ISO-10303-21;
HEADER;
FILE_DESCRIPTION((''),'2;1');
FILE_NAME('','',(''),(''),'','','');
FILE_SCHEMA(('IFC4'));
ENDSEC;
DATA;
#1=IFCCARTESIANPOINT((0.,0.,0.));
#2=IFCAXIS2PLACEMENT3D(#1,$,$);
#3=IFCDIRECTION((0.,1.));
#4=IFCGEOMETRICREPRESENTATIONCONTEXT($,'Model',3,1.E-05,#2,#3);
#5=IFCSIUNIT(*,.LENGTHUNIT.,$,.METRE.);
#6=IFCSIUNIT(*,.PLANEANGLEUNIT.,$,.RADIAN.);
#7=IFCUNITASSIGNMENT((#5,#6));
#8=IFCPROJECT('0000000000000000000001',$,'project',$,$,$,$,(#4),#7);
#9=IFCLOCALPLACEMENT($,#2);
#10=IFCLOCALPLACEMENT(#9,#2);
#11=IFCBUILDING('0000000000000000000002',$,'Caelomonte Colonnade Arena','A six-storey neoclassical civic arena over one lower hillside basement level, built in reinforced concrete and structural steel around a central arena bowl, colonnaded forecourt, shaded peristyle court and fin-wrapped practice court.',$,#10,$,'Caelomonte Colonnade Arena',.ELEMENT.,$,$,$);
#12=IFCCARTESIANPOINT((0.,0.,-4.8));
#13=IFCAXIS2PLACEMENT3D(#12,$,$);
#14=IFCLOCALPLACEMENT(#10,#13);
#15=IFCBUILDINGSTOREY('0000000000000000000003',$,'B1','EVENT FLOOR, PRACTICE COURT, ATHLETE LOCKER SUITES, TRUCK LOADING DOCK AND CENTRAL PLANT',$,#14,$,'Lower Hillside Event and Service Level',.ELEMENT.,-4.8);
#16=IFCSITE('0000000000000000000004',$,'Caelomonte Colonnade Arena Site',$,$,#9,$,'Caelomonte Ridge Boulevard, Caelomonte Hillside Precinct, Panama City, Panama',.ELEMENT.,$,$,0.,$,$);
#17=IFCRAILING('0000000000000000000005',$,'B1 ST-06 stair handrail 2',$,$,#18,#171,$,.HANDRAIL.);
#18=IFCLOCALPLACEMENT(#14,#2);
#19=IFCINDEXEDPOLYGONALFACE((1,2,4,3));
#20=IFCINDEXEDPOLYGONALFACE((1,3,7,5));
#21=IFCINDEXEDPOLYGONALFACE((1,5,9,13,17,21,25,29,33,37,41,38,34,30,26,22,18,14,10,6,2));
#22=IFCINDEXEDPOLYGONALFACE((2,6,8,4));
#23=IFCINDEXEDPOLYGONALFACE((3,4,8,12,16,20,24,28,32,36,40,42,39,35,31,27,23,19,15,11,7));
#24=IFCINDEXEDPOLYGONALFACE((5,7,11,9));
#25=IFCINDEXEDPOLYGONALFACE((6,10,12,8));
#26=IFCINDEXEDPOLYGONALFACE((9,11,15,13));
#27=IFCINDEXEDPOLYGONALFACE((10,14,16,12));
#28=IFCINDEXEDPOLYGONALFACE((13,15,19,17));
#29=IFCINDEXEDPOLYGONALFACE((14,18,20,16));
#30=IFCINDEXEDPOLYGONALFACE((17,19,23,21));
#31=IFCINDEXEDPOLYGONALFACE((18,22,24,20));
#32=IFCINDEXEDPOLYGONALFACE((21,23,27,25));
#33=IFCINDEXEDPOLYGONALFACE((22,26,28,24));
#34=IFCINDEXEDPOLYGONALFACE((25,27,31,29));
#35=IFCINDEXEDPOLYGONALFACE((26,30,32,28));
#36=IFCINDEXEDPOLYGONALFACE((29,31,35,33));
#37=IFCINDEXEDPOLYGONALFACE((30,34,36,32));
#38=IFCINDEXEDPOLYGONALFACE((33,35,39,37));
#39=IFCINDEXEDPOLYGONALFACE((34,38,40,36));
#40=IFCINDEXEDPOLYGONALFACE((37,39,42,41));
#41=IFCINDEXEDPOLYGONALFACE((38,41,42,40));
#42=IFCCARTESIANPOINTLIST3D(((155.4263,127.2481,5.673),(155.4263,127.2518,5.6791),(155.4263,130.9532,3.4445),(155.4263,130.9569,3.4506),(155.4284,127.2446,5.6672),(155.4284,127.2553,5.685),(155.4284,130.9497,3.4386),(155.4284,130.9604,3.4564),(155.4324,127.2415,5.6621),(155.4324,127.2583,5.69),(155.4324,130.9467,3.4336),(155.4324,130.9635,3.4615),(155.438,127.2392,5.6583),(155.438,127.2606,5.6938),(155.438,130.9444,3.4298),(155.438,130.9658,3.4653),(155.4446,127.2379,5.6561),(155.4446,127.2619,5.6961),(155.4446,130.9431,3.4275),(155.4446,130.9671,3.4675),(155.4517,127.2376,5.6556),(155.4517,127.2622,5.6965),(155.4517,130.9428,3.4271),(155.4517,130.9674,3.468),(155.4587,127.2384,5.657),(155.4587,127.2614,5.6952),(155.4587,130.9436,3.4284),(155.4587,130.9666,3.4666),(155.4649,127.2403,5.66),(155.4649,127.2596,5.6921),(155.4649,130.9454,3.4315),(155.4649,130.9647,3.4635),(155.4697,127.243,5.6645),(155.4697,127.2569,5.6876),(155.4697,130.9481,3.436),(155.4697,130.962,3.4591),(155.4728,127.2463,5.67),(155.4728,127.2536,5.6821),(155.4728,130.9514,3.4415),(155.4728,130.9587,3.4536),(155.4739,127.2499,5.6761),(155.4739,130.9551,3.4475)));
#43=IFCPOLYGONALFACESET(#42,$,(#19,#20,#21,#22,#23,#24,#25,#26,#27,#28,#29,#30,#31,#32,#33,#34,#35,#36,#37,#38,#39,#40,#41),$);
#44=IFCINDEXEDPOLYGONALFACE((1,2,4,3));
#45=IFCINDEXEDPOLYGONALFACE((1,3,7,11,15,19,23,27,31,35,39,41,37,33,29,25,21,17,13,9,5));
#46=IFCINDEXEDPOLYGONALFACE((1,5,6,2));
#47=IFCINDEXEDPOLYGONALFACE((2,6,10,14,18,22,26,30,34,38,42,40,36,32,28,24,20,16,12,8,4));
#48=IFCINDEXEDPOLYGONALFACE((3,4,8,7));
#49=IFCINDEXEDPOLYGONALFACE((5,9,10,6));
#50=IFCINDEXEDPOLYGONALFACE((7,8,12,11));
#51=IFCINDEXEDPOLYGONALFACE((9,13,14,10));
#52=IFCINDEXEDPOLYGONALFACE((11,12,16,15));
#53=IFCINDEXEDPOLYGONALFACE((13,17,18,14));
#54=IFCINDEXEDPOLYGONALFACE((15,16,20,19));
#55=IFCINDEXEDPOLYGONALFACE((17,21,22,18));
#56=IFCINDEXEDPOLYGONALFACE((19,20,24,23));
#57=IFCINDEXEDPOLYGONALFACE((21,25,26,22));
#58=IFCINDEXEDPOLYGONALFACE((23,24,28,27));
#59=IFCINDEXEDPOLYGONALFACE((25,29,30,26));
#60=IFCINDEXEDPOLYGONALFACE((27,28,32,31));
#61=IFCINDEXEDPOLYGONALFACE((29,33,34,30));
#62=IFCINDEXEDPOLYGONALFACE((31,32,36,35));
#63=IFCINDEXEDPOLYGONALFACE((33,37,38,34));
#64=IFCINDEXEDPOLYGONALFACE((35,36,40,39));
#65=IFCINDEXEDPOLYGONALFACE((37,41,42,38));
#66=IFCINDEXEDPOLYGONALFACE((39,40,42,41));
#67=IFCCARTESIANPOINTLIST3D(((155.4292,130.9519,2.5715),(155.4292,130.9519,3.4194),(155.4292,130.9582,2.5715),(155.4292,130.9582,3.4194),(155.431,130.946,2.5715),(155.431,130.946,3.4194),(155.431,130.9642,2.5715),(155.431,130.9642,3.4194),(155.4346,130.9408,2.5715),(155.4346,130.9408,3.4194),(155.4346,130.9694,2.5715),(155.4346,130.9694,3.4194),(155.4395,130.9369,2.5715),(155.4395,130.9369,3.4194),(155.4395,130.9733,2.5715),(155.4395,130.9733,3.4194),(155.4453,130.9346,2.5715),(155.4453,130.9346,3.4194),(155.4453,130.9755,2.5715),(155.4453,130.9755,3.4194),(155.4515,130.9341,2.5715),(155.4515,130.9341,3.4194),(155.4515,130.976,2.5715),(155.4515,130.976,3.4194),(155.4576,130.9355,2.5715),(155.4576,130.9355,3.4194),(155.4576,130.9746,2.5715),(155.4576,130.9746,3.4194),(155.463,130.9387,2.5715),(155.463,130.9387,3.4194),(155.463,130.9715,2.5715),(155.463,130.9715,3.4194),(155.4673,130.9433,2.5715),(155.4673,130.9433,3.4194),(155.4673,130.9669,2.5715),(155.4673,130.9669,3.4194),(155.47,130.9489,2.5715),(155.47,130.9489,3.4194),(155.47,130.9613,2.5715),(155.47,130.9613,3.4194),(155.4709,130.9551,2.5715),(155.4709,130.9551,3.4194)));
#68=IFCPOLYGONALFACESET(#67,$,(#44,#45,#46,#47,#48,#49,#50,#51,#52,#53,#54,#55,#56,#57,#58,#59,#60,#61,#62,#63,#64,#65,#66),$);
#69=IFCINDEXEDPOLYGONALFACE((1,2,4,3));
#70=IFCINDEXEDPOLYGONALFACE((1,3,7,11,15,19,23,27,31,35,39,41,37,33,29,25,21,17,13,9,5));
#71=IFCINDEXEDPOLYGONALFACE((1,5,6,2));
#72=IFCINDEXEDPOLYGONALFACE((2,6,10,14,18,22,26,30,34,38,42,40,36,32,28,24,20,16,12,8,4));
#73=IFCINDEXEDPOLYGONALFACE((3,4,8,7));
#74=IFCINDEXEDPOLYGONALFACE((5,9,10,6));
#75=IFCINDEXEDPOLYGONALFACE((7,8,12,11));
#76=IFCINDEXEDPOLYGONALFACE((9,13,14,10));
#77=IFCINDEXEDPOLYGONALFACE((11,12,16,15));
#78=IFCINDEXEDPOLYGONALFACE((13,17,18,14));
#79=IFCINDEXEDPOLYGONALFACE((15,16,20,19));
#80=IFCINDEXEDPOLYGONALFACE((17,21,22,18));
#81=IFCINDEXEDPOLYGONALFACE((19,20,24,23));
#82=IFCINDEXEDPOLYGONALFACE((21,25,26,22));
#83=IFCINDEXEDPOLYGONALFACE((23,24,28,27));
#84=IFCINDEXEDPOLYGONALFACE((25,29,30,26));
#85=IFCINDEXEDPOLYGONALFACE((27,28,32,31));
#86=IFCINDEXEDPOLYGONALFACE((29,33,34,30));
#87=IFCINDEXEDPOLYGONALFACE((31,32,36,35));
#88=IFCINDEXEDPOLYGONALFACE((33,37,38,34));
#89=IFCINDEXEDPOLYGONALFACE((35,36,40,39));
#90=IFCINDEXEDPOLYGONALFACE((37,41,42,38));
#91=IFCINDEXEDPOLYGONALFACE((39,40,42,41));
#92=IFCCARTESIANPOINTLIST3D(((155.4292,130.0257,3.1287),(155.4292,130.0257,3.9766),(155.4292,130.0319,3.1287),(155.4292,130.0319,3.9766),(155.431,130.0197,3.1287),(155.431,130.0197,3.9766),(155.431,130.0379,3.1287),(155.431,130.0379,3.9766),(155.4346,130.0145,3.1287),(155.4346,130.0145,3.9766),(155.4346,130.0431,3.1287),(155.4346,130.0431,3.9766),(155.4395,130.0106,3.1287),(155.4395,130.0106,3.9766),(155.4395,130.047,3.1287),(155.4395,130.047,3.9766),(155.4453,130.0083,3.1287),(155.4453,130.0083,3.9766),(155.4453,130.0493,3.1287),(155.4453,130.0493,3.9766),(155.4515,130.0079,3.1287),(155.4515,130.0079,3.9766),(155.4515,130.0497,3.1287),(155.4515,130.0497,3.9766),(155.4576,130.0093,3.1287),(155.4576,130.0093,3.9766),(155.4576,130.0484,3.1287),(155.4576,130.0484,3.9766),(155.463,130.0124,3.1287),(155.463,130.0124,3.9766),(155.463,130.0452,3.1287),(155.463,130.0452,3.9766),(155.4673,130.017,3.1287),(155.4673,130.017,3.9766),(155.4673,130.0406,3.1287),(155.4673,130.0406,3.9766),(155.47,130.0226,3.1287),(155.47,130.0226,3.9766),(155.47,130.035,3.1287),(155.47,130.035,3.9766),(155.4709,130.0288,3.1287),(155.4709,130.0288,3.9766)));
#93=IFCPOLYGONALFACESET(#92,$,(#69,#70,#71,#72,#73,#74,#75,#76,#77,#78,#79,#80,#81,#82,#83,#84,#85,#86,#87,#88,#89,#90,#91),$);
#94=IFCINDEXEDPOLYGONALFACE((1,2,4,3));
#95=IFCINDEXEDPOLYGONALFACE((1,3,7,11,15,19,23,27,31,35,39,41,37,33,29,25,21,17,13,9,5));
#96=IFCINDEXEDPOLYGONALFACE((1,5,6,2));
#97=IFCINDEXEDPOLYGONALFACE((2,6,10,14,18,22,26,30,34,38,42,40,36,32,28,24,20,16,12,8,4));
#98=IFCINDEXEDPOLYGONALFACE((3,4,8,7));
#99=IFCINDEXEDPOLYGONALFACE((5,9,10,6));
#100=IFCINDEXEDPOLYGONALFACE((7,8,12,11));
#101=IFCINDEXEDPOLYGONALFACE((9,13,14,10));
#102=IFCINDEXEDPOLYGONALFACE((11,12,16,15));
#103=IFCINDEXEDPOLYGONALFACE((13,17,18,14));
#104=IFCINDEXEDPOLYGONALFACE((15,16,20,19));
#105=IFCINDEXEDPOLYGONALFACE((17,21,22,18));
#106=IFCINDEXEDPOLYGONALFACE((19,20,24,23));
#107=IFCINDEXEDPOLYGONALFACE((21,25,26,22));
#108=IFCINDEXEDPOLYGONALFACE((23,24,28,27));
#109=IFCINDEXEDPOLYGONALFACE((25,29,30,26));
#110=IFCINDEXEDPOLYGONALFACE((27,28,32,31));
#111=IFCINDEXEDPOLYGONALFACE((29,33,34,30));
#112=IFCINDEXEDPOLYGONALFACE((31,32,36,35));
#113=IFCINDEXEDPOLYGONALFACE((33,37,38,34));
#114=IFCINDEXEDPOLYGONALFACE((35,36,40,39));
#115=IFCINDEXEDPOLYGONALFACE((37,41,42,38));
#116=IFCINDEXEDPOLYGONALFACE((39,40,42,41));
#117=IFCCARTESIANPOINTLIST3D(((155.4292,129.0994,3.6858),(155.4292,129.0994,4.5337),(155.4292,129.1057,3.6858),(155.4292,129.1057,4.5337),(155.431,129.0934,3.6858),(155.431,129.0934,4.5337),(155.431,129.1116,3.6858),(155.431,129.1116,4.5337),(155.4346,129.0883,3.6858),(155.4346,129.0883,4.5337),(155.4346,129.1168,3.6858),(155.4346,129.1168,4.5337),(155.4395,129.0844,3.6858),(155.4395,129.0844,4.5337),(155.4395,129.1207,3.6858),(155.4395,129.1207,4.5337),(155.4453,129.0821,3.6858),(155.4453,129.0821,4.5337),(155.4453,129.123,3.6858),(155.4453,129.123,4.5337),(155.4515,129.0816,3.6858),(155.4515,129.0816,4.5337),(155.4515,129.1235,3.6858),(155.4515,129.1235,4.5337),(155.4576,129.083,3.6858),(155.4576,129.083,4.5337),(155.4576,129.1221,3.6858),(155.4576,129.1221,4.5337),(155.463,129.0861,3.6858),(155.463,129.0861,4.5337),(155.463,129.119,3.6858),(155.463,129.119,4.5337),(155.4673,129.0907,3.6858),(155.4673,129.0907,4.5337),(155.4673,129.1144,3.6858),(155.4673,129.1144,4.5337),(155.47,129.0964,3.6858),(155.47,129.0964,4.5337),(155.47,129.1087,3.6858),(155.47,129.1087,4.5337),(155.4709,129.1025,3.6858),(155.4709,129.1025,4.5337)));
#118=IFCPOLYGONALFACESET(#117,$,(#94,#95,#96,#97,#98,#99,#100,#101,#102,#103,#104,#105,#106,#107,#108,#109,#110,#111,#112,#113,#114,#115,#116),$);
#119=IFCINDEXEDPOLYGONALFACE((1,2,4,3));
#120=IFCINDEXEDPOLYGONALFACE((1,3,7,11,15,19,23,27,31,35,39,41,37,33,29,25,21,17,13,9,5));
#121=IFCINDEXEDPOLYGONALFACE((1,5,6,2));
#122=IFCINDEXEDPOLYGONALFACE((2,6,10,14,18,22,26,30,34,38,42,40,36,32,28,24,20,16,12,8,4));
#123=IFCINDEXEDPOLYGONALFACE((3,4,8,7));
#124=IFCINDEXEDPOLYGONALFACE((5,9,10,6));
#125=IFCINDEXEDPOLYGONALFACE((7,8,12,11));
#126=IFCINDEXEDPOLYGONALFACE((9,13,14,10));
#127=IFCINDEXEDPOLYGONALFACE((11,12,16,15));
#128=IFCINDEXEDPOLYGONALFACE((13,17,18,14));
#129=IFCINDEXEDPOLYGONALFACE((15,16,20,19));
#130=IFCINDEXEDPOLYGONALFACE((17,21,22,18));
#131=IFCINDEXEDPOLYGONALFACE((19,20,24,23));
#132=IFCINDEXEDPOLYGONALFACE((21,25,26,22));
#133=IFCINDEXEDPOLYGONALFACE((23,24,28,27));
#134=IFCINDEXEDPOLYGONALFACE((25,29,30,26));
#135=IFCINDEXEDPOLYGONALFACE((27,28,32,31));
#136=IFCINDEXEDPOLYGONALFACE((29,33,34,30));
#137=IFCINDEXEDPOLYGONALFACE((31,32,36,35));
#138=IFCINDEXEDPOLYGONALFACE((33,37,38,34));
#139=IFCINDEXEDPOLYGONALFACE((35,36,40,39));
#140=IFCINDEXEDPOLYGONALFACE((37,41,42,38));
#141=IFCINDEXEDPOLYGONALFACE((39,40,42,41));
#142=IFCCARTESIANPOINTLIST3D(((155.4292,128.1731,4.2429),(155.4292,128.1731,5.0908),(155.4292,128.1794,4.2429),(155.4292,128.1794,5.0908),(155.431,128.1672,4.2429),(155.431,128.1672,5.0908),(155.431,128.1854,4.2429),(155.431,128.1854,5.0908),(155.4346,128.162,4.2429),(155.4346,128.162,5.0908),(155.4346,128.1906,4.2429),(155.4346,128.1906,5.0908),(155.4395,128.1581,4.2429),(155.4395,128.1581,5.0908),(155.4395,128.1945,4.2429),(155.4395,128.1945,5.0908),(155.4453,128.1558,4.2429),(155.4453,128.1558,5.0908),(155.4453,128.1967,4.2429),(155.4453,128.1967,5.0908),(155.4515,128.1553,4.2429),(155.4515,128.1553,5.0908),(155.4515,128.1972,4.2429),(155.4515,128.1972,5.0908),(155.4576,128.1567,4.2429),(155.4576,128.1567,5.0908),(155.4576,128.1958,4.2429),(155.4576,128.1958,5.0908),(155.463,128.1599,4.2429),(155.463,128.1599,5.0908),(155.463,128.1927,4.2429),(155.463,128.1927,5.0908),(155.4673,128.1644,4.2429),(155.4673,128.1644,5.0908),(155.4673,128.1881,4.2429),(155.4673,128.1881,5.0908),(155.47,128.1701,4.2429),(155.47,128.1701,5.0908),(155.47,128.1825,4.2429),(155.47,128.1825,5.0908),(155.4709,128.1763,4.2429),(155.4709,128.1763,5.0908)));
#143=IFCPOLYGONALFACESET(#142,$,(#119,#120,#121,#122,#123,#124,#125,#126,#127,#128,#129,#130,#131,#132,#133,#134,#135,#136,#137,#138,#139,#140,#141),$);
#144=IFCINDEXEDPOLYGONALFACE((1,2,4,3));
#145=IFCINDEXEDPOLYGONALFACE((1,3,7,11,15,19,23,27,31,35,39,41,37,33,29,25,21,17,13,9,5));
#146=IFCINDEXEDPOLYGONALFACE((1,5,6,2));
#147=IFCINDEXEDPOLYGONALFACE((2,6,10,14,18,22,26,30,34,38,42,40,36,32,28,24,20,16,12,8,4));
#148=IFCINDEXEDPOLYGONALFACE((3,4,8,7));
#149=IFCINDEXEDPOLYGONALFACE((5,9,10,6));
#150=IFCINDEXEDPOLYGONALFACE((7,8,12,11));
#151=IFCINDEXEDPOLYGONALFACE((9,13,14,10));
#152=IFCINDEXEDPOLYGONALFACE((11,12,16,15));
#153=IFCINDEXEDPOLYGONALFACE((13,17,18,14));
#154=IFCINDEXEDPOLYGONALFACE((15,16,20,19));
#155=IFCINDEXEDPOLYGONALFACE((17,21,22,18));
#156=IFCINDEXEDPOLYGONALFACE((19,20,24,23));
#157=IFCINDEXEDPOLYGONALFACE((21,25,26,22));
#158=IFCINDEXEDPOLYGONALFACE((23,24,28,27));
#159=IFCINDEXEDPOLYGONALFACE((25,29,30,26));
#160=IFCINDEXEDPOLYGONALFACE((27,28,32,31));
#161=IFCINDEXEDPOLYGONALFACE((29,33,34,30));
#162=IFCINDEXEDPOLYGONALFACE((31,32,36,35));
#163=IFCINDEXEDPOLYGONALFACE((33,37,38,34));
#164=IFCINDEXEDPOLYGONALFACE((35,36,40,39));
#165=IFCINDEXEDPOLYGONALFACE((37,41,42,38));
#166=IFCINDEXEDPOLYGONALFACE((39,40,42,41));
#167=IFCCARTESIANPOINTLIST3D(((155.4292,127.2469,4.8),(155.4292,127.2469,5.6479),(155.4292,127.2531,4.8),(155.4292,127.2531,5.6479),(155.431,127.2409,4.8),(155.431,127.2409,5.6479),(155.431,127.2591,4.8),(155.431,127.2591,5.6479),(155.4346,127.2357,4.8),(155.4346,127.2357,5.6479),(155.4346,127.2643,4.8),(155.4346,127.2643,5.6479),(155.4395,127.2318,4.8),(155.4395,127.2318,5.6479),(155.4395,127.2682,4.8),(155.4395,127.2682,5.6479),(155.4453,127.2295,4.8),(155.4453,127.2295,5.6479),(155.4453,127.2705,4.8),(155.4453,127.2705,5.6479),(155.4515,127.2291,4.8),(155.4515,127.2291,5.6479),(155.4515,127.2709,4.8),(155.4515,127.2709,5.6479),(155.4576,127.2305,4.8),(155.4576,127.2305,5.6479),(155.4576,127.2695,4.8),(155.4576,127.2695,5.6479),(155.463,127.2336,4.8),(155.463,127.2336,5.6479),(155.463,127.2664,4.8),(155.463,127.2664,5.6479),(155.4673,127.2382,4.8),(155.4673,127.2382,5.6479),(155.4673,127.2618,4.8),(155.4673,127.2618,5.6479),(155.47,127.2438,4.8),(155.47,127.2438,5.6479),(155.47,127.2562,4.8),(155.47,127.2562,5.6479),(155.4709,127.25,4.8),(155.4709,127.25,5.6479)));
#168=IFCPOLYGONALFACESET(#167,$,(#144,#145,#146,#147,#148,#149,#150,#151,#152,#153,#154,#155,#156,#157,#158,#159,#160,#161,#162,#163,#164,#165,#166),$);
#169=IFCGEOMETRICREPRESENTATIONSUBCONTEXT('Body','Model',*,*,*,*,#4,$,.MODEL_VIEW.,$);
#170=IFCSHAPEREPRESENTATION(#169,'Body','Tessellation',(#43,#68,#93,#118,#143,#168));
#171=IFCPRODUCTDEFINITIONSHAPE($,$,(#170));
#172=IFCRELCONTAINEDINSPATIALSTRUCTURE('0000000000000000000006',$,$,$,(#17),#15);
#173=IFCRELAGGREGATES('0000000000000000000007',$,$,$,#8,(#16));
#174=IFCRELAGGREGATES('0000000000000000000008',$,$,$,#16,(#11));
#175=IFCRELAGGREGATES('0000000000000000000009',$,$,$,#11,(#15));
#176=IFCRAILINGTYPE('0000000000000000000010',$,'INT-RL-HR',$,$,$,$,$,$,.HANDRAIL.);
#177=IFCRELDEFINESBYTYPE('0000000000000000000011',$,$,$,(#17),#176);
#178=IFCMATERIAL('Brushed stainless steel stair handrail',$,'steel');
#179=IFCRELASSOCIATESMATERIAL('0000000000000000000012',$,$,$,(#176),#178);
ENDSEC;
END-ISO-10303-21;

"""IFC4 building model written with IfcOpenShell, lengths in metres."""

from ifc_helpers import new_model, si_unit, direction, frame, origin, origin_2d, place, context, subcontext, project, spatial, circle, extrude, material, type_object, element, save


model = new_model("IFC4")

# Units and contexts
model_context = context("Model", 3, precision=1e-05, world=origin(), true_north=direction((0.0, 1.0)))
body_context = subcontext(model_context, "Body", "Model", "MODEL_VIEW")
ifc_project = project(units=[si_unit("LENGTHUNIT", "METRE"), si_unit("PLANEANGLEUNIT", "RADIAN")], contexts=[model_context])

# Site, building, storey
site_placement = place(None, origin())
site = spatial("IfcSite", under=ifc_project, at=site_placement, Name="Caelomonte Colonnade Arena Site", LongName="Caelomonte Ridge Boulevard, Caelomonte Hillside Precinct, Panama City, Panama", CompositionType="ELEMENT", RefElevation=0.0)
building_placement = place(site_placement, origin())
building = spatial("IfcBuilding", under=site, at=building_placement, Name="Caelomonte Colonnade Arena", Description="A six-storey neoclassical civic arena over one lower hillside basement level, built in reinforced concrete and structural steel around a central arena bowl, colonnaded forecourt, shaded peristyle court and fin-wrapped practice court.", LongName="Caelomonte Colonnade Arena", CompositionType="ELEMENT")
storey_placement = place(building_placement, frame((0.0, 0.0, -4.8)))
storey = spatial("IfcBuildingStorey", under=building, at=storey_placement, Name="B1", Description="EVENT FLOOR, PRACTICE COURT, ATHLETE LOCKER SUITES, TRUCK LOADING DOCK AND CENTRAL PLANT", LongName="Lower Hillside Event and Service Level", CompositionType="ELEMENT", Elevation=-4.8)

# Railing
ifc_material_1 = material(Name="Brushed stainless steel stair handrail", Category="steel")
railing_type_1 = type_object("IfcRailingType", Name="INT-RL-HR", PredefinedType="HANDRAIL", material=ifc_material_1)
railing_1_placement = place(storey_placement, frame((155.45, 130.9551, 2.5715)))
element("IfcRailing", 1, at=railing_1_placement, inside=storey, type_object=railing_type_1, Name="B1 ST-06 stair handrail 2", PredefinedType="HANDRAIL", context=body_context, shape_type="SweptSolid", body=[
    extrude(circle(Radius=0.0239, at=origin_2d()), frame((0.0, 0.0, 0.876), z_axis=(0.0, -0.856934, 0.515425), x_axis=(1.0, 0.0, 0.0)), (0.0, 0.0, 1.0), 4.3237),
    extrude(circle(Radius=0.021, at=origin_2d()), origin(), (0.0, 0.0, 1.0), 0.8479),
    extrude(circle(Radius=0.021, at=origin_2d()), frame((0.0, -0.9263, 0.5571)), (0.0, 0.0, 1.0), 0.8479),
    extrude(circle(Radius=0.021, at=origin_2d()), frame((0.0, -1.8525, 1.1143)), (0.0, 0.0, 1.0), 0.8479),
    extrude(circle(Radius=0.021, at=origin_2d()), frame((0.0, -2.7788, 1.6714)), (0.0, 0.0, 1.0), 0.8479),
    extrude(circle(Radius=0.021, at=origin_2d()), frame((0.0, -3.7051, 2.2285)), (0.0, 0.0, 1.0), 0.8479),
])

save(model, "model.ifc")
